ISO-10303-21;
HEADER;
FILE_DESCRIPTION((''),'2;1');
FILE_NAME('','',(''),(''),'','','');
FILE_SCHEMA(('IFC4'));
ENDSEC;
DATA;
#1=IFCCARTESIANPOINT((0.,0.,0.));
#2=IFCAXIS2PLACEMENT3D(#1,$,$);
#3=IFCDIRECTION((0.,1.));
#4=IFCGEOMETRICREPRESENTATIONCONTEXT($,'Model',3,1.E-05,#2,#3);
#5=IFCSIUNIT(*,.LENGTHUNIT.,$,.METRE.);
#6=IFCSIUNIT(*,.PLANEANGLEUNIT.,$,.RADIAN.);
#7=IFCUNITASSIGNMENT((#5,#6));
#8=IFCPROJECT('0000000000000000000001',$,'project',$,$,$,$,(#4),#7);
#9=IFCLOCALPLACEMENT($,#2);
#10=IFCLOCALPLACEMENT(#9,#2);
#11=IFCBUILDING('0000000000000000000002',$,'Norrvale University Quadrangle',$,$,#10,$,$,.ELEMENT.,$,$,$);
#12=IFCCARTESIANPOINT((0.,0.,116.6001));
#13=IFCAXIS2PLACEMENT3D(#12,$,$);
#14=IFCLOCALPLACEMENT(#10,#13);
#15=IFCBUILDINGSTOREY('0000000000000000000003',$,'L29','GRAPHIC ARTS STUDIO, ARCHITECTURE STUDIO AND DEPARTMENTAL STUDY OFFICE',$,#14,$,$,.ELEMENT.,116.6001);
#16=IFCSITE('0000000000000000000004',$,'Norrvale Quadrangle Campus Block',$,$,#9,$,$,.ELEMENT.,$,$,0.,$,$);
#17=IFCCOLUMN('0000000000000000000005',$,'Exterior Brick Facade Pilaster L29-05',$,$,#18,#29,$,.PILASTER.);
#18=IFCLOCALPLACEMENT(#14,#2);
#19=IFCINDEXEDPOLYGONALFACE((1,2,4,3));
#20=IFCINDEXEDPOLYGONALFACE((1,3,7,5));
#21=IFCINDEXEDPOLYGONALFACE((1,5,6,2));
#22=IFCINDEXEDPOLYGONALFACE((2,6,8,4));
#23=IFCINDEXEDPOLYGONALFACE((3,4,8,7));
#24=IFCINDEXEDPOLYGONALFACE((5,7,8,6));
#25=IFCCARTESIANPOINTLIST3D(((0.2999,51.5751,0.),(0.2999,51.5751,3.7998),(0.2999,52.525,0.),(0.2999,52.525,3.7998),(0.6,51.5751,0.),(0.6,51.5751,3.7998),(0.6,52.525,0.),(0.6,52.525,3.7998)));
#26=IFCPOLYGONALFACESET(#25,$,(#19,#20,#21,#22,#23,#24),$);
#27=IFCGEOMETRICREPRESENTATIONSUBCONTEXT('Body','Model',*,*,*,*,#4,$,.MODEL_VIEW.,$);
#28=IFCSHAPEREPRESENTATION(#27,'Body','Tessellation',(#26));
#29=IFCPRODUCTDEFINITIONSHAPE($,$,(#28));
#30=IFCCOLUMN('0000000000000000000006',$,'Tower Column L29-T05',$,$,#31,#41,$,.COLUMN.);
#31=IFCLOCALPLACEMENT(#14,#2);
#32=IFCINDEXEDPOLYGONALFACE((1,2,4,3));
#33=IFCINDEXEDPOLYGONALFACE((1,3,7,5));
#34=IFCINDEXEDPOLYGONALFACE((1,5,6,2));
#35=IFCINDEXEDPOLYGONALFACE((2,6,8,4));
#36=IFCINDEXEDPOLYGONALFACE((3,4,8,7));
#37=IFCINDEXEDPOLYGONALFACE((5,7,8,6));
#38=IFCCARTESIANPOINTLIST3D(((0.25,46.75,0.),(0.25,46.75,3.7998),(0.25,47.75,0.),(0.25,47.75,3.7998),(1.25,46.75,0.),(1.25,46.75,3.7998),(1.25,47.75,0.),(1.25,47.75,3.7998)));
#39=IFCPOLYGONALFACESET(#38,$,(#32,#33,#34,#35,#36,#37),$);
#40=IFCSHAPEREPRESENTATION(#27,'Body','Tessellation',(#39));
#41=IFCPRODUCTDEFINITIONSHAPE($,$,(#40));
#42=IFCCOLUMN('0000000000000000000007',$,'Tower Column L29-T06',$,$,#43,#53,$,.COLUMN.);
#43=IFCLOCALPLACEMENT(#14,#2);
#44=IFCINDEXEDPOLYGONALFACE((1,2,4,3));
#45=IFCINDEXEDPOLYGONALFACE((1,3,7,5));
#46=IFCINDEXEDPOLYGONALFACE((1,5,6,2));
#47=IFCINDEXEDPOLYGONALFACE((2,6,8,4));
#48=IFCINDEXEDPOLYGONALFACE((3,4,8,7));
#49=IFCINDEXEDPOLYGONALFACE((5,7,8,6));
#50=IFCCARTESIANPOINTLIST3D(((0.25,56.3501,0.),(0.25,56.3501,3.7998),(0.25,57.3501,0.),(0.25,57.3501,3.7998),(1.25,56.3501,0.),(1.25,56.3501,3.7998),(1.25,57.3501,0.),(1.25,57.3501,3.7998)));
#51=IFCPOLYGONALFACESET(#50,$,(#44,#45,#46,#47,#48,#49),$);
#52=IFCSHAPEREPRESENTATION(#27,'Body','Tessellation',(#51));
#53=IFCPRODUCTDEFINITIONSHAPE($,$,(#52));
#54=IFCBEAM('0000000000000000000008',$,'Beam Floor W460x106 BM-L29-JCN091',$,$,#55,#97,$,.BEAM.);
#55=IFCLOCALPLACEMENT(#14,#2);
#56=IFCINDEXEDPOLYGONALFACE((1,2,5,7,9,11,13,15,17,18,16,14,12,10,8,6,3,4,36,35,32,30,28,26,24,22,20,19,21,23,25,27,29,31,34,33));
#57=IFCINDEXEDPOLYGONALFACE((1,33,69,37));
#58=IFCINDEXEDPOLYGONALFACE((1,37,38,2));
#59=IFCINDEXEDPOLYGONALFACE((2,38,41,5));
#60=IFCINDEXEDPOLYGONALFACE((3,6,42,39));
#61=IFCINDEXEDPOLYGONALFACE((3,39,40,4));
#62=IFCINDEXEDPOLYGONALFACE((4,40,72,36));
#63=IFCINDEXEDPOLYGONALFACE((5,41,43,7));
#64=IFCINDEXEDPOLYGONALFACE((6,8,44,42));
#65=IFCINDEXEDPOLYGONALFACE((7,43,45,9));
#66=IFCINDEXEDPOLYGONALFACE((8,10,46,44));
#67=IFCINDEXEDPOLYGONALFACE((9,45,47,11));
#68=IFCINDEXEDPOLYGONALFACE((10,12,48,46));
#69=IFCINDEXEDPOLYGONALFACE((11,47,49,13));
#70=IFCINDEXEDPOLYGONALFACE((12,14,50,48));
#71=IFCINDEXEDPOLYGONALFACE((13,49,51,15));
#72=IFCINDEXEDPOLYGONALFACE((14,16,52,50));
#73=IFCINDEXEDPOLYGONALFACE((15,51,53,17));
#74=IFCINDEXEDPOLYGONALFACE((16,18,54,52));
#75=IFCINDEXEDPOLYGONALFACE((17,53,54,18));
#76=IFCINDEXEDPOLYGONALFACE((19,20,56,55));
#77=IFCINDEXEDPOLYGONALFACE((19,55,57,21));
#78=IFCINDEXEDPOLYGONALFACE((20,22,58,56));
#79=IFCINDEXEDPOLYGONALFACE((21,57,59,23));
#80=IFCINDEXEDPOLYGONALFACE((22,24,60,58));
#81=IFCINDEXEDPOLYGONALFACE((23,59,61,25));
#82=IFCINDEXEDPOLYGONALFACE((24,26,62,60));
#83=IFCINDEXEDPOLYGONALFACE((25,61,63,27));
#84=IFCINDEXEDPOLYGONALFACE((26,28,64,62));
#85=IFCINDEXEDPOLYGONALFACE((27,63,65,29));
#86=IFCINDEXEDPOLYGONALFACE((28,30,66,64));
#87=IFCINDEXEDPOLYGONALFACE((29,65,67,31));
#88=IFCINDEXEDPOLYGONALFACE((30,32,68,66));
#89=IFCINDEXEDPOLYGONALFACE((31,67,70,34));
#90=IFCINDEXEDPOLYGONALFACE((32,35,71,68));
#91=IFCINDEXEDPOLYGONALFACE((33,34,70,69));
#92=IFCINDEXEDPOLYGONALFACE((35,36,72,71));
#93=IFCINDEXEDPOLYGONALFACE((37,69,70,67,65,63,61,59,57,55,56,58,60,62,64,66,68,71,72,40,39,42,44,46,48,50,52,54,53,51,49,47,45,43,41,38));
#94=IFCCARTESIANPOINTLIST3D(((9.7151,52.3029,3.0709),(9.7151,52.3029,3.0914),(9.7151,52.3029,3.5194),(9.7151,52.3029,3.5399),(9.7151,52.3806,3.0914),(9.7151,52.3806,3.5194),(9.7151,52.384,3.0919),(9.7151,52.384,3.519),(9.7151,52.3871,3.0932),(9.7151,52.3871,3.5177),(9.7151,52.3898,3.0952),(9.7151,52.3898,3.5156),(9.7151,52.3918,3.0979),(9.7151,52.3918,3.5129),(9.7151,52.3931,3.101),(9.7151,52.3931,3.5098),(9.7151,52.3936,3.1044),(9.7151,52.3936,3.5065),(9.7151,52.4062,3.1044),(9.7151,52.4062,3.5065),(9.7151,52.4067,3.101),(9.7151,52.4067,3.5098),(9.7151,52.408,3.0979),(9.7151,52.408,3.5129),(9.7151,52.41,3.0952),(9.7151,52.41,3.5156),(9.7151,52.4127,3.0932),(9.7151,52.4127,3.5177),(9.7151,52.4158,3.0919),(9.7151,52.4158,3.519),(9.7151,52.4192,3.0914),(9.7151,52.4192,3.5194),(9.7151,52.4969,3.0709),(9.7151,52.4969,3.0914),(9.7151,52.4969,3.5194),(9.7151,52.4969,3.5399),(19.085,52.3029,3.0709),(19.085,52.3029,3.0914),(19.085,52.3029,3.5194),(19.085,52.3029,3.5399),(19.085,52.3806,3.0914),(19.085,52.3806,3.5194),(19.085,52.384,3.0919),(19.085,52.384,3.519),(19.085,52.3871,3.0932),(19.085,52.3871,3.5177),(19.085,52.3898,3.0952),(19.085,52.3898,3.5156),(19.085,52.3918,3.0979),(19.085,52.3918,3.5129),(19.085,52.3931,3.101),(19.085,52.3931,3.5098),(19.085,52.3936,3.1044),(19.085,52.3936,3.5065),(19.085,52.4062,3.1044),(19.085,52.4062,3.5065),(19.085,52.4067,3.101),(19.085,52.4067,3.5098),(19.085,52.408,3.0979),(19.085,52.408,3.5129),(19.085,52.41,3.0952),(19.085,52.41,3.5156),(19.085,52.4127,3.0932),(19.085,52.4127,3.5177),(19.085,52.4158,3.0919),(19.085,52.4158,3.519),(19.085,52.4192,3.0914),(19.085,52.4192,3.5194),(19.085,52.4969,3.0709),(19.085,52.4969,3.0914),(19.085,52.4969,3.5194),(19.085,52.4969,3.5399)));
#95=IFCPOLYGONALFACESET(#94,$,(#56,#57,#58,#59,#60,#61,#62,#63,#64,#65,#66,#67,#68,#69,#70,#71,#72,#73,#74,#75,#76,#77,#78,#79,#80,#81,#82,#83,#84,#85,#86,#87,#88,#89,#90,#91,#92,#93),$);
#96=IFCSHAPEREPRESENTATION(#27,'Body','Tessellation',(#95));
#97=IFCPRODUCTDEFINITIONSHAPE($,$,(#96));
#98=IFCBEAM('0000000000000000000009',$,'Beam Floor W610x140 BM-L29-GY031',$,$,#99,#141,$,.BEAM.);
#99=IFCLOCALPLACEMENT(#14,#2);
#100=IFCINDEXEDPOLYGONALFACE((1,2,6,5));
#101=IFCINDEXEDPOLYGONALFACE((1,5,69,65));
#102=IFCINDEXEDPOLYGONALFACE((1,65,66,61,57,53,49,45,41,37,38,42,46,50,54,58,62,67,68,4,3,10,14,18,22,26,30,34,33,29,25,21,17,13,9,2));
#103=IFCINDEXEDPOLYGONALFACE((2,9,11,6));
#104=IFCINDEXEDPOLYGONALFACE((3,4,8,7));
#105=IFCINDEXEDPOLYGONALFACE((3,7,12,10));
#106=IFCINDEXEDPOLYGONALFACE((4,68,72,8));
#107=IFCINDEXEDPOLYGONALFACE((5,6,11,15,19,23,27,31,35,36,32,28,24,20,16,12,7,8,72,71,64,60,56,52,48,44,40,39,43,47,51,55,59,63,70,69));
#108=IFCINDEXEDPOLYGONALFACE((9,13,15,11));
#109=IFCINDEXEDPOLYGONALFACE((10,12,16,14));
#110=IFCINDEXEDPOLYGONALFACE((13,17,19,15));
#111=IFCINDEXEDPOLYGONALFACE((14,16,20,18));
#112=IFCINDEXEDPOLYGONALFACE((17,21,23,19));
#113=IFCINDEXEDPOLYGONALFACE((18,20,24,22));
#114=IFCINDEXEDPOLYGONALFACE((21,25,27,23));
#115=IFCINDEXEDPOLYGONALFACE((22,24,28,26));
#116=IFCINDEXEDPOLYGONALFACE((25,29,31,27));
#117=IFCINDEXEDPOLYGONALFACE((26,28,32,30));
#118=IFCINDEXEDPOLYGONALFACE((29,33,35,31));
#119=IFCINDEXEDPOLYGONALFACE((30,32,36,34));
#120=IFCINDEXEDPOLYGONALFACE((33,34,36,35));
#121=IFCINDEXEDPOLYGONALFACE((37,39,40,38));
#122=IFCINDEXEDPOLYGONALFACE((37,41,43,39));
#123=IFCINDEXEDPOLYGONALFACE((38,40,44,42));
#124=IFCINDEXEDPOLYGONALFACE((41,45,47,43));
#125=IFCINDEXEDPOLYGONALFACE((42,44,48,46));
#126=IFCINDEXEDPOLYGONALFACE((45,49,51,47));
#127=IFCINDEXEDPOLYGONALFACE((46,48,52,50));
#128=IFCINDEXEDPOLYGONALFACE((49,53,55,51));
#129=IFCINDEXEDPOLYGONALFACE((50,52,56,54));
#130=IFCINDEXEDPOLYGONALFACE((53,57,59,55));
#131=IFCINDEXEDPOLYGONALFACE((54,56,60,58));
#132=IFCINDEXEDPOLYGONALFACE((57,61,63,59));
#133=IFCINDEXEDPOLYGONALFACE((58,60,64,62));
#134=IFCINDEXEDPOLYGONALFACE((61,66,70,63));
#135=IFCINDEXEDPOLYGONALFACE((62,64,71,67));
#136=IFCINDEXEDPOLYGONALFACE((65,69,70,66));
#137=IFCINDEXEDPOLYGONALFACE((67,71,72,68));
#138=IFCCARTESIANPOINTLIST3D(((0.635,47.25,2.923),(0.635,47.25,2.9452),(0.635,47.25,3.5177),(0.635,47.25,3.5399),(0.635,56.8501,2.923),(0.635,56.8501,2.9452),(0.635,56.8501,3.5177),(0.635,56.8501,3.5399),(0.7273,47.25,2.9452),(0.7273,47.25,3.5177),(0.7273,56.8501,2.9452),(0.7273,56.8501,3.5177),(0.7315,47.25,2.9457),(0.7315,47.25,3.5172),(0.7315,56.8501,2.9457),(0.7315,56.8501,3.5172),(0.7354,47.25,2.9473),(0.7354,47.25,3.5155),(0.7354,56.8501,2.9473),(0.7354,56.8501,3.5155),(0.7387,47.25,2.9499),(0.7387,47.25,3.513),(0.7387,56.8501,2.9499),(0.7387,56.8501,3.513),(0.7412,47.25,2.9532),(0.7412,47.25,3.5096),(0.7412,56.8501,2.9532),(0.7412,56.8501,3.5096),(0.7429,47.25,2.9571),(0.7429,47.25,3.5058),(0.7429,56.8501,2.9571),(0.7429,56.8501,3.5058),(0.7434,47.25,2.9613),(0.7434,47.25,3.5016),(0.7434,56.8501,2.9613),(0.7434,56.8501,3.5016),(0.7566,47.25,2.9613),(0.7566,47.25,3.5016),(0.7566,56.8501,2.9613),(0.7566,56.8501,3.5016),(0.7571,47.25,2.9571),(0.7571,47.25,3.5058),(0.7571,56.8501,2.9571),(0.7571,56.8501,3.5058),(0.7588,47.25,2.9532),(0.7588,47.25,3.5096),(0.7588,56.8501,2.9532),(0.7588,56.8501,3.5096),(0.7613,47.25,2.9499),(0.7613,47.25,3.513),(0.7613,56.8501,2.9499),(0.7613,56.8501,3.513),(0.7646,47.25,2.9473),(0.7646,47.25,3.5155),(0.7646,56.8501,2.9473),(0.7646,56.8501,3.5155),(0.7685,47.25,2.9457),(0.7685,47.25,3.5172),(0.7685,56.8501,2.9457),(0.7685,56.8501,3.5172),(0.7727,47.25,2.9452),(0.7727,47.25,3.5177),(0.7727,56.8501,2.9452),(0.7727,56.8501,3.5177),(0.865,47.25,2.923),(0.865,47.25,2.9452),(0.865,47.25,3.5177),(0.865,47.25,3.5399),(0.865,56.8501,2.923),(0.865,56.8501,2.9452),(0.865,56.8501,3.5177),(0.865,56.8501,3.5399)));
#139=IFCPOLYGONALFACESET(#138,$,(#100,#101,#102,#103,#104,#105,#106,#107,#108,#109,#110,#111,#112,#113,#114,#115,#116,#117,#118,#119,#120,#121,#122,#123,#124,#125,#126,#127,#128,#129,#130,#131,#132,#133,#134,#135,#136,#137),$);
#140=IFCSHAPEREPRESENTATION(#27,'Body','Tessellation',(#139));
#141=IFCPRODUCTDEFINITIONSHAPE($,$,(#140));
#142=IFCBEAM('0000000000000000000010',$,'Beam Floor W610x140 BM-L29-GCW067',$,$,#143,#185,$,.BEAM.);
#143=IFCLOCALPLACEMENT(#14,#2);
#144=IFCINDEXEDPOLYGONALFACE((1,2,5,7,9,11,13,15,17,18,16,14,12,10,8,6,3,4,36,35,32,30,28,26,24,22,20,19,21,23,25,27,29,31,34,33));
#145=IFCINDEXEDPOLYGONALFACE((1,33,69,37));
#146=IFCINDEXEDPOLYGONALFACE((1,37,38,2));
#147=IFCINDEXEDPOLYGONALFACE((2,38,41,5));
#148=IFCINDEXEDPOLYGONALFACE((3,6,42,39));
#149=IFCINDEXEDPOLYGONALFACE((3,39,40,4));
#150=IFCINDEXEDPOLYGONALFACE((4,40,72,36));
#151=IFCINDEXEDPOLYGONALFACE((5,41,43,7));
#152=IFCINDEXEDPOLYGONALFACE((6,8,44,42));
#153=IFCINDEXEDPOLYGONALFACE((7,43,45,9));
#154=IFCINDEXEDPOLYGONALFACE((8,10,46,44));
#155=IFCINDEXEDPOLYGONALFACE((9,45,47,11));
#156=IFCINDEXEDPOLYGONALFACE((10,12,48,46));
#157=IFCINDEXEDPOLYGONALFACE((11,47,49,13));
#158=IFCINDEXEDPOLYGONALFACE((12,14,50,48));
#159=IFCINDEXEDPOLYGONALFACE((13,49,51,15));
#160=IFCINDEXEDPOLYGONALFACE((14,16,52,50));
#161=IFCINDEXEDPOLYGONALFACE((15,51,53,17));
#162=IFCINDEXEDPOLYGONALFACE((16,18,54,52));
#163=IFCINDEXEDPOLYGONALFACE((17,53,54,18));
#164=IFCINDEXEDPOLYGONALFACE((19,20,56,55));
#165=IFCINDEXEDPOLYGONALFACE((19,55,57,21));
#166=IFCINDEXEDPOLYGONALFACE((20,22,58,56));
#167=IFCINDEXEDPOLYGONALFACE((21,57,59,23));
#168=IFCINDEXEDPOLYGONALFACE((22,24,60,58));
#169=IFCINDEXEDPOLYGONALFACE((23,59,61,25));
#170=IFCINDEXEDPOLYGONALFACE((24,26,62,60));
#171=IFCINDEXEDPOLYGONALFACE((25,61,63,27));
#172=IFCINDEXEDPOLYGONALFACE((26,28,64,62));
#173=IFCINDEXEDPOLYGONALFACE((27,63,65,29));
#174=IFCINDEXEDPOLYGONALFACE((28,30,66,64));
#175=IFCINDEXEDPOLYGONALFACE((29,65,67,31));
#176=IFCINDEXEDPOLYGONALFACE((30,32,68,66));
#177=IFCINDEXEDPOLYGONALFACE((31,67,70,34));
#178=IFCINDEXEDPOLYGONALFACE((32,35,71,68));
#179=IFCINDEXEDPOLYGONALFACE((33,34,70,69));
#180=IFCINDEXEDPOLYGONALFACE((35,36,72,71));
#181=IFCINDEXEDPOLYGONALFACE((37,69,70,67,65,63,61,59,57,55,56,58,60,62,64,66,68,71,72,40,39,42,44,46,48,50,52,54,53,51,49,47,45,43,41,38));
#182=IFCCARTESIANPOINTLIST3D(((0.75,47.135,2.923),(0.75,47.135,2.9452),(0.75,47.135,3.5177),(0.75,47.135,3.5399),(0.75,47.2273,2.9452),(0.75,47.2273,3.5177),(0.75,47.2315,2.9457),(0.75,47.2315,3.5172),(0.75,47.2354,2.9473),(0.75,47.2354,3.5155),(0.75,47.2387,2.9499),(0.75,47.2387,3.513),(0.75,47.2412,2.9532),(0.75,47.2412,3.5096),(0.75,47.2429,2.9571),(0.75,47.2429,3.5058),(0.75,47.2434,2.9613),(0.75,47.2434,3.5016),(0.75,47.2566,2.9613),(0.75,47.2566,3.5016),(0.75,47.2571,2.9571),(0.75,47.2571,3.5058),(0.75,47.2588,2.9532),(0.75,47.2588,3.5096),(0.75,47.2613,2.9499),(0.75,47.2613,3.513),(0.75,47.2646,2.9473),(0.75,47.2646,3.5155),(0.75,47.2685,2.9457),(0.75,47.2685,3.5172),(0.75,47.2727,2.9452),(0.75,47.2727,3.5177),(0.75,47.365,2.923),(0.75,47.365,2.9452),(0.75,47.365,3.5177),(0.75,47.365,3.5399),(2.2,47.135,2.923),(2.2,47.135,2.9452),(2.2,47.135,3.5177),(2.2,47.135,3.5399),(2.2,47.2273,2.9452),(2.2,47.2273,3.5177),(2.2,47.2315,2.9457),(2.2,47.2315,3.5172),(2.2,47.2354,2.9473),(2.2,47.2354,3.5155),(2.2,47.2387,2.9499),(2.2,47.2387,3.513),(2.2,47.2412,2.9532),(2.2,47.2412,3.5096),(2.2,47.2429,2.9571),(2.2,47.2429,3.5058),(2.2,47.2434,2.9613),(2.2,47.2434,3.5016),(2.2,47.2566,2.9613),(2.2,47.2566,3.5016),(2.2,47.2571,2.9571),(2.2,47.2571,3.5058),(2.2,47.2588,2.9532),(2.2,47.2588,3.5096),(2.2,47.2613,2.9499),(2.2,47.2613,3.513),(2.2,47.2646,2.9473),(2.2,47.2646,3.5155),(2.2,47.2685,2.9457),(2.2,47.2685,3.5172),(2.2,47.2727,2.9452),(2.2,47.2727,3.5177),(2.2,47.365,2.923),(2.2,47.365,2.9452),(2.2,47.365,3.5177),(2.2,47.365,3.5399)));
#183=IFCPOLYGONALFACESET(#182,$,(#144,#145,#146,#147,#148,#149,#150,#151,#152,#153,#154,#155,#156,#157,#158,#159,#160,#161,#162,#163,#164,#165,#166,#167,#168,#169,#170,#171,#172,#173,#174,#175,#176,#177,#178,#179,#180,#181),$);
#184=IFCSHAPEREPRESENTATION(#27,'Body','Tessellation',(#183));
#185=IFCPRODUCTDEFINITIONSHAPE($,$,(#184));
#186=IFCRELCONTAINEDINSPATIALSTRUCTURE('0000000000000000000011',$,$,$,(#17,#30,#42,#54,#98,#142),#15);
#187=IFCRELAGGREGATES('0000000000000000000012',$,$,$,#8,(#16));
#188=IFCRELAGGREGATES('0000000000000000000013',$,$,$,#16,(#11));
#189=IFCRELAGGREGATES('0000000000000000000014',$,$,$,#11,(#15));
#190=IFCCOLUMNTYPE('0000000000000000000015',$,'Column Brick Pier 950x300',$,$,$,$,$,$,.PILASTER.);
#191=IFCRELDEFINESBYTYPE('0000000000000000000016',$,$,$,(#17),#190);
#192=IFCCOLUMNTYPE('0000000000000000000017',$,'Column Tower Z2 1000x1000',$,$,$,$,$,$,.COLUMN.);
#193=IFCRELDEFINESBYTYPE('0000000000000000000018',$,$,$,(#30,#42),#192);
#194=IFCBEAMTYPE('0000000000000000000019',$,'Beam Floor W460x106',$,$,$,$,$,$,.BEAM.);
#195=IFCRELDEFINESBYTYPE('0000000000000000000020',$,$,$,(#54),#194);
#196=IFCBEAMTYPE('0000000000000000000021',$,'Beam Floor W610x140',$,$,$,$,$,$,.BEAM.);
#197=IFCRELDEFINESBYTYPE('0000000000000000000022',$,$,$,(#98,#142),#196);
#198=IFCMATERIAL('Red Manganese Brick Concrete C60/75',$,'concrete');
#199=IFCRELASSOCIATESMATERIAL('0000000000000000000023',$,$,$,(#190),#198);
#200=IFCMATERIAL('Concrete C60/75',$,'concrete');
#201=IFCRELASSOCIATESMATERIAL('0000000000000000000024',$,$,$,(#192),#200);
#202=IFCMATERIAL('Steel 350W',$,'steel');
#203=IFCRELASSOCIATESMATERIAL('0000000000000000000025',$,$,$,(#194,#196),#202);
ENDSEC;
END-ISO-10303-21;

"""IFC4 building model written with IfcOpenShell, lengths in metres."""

from ifc_helpers import new_model, si_unit, direction, frame, origin, origin_2d, place, context, subcontext, project, spatial, rectangle, i_section, extrude, material, material_profile, profile_set, type_object, element, save


model = new_model("IFC4")

# Units and contexts
model_context = context("Model", 3, precision=1e-05, world=origin(), true_north=direction((0.0, 1.0)))
body_context = subcontext(model_context, "Body", "Model", "MODEL_VIEW")
ifc_project = project(units=[si_unit("LENGTHUNIT", "METRE"), si_unit("PLANEANGLEUNIT", "RADIAN")], contexts=[model_context])

# Site, building, storey
site_placement = place(None, origin())
site = spatial("IfcSite", under=ifc_project, at=site_placement, Name="Norrvale Quadrangle Campus Block", CompositionType="ELEMENT", RefElevation=0.0)
building_placement = place(site_placement, origin())
building = spatial("IfcBuilding", under=site, at=building_placement, Name="Norrvale University Quadrangle", CompositionType="ELEMENT")
storey_placement = place(building_placement, frame((0.0, 0.0, 116.6001)))
storey = spatial("IfcBuildingStorey", under=building, at=storey_placement, Name="L29", Description="GRAPHIC ARTS STUDIO, ARCHITECTURE STUDIO AND DEPARTMENTAL STUDY OFFICE", CompositionType="ELEMENT", Elevation=116.6001)

# Columns
ifc_material_1 = material(Name="Red Manganese Brick Concrete C60/75", Category="concrete")
ifc_material_profile_1 = material_profile(ifc_material_1, rectangle(XDim=0.95, YDim=0.3, at=origin_2d()), Name="Red Manganese Brick Concrete C60/75")
ifc_profile_set_1 = profile_set([ifc_material_profile_1], Name="Red Manganese Brick Concrete C60/75")
column_type_1 = type_object("IfcColumnType", Name="Column Brick Pier 950x300", PredefinedType="PILASTER", material=ifc_profile_set_1)
column_placement = place(storey_placement, frame((0.45, 52.05, 0.0), z_axis=(0.0, 0.0, 1.0), x_axis=(0.0, 1.0, 0.0)))
element("IfcColumn", 1, at=column_placement, inside=storey, type_object=column_type_1, Name="Exterior Brick Facade Pilaster L29-05", PredefinedType="PILASTER", context=body_context, shape_type="SweptSolid", body=[
    extrude(rectangle(XDim=0.95, YDim=0.3, at=origin_2d()), origin(), (0.0, 0.0, 1.0), 3.7998),
])
ifc_material_2 = material(Name="Concrete C60/75", Category="concrete")
ifc_material_profile_2 = material_profile(ifc_material_2, rectangle(XDim=1.0, YDim=1.0, at=origin_2d()), Name="Concrete C60/75")
ifc_profile_set_2 = profile_set([ifc_material_profile_2], Name="Concrete C60/75")
column_type_2 = type_object("IfcColumnType", Name="Column Tower Z2 1000x1000", PredefinedType="COLUMN", material=ifc_profile_set_2)
for number, where, z_axis, x_axis, name in (
    (2, (0.75, 47.25, 0.0), (0.0, 0.0, 1.0), (1.0, 0.0, 0.0), "Tower Column L29-T05"),
    (3, (0.75, 56.8501, 0.0), (0.0, 0.0, 1.0), (1.0, 0.0, 0.0), "Tower Column L29-T06"),
):
    element("IfcColumn", number, at=place(storey_placement, frame(where, z_axis=z_axis, x_axis=x_axis)), inside=storey, type_object=column_type_2, Name=name, PredefinedType="COLUMN", context=body_context, shape_type="SweptSolid", body=[
        extrude(rectangle(XDim=1.0, YDim=1.0, at=origin_2d()), origin(), (0.0, 0.0, 1.0), 3.7998),
    ])

# Beams
ifc_material_3 = material(Name="Steel 350W", Category="steel")
ifc_material_profile_3 = material_profile(ifc_material_3, i_section(OverallWidth=0.1941, OverallDepth=0.469, WebThickness=0.0127, FlangeThickness=0.0205, FilletRadius=0.0129, at=origin_2d()), Name="Steel 350W")
ifc_profile_set_3 = profile_set([ifc_material_profile_3], Name="Steel 350W")
beam_type_1 = type_object("IfcBeamType", Name="Beam Floor W460x106", PredefinedType="BEAM", material=ifc_profile_set_3)
beam_1_placement = place(storey_placement, frame((9.7151, 52.3999, 3.3054), z_axis=(1.0, 0.0, 0.0), x_axis=(0.0, 1.0, 0.0)))
element("IfcBeam", 4, at=beam_1_placement, inside=storey, type_object=beam_type_1, Name="Beam Floor W460x106 BM-L29-JCN091", PredefinedType="BEAM", context=body_context, shape_type="SweptSolid", body=[
    extrude(i_section(OverallWidth=0.1941, OverallDepth=0.469, WebThickness=0.0127, FlangeThickness=0.0205, FilletRadius=0.0129, at=origin_2d()), origin(), (0.0, 0.0, 1.0), 9.3699),
])
ifc_material_profile_4 = material_profile(ifc_material_3, i_section(OverallWidth=0.23, OverallDepth=0.6169, WebThickness=0.0132, FlangeThickness=0.0222, FilletRadius=0.0161, at=origin_2d()), Name="Steel 350W")
ifc_profile_set_4 = profile_set([ifc_material_profile_4], Name="Steel 350W")
beam_type_2 = type_object("IfcBeamType", Name="Beam Floor W610x140", PredefinedType="BEAM", material=ifc_profile_set_4)
beam_2_placement = place(storey_placement, frame((0.75, 47.25, 3.2314), z_axis=(0.0, 1.0, 0.0), x_axis=(-1.0, 0.0, 0.0)))
element("IfcBeam", 5, at=beam_2_placement, inside=storey, type_object=beam_type_2, Name="Beam Floor W610x140 BM-L29-GY031", PredefinedType="BEAM", context=body_context, shape_type="SweptSolid", body=[
    extrude(i_section(OverallWidth=0.23, OverallDepth=0.6169, WebThickness=0.0132, FlangeThickness=0.0222, FilletRadius=0.0161, at=origin_2d()), origin(), (0.0, 0.0, 1.0), 9.6001),
])
beam_3_placement = place(storey_placement, frame((0.75, 47.25, 3.2314), z_axis=(1.0, 0.0, 0.0), x_axis=(0.0, 1.0, 0.0)))
element("IfcBeam", 6, at=beam_3_placement, inside=storey, type_object=beam_type_2, Name="Beam Floor W610x140 BM-L29-GCW067", PredefinedType="BEAM", context=body_context, shape_type="SweptSolid", body=[
    extrude(i_section(OverallWidth=0.23, OverallDepth=0.6169, WebThickness=0.0132, FlangeThickness=0.0222, FilletRadius=0.0161, at=origin_2d()), origin(), (0.0, 0.0, 1.0), 1.45),
])

save(model, "model.ifc")
